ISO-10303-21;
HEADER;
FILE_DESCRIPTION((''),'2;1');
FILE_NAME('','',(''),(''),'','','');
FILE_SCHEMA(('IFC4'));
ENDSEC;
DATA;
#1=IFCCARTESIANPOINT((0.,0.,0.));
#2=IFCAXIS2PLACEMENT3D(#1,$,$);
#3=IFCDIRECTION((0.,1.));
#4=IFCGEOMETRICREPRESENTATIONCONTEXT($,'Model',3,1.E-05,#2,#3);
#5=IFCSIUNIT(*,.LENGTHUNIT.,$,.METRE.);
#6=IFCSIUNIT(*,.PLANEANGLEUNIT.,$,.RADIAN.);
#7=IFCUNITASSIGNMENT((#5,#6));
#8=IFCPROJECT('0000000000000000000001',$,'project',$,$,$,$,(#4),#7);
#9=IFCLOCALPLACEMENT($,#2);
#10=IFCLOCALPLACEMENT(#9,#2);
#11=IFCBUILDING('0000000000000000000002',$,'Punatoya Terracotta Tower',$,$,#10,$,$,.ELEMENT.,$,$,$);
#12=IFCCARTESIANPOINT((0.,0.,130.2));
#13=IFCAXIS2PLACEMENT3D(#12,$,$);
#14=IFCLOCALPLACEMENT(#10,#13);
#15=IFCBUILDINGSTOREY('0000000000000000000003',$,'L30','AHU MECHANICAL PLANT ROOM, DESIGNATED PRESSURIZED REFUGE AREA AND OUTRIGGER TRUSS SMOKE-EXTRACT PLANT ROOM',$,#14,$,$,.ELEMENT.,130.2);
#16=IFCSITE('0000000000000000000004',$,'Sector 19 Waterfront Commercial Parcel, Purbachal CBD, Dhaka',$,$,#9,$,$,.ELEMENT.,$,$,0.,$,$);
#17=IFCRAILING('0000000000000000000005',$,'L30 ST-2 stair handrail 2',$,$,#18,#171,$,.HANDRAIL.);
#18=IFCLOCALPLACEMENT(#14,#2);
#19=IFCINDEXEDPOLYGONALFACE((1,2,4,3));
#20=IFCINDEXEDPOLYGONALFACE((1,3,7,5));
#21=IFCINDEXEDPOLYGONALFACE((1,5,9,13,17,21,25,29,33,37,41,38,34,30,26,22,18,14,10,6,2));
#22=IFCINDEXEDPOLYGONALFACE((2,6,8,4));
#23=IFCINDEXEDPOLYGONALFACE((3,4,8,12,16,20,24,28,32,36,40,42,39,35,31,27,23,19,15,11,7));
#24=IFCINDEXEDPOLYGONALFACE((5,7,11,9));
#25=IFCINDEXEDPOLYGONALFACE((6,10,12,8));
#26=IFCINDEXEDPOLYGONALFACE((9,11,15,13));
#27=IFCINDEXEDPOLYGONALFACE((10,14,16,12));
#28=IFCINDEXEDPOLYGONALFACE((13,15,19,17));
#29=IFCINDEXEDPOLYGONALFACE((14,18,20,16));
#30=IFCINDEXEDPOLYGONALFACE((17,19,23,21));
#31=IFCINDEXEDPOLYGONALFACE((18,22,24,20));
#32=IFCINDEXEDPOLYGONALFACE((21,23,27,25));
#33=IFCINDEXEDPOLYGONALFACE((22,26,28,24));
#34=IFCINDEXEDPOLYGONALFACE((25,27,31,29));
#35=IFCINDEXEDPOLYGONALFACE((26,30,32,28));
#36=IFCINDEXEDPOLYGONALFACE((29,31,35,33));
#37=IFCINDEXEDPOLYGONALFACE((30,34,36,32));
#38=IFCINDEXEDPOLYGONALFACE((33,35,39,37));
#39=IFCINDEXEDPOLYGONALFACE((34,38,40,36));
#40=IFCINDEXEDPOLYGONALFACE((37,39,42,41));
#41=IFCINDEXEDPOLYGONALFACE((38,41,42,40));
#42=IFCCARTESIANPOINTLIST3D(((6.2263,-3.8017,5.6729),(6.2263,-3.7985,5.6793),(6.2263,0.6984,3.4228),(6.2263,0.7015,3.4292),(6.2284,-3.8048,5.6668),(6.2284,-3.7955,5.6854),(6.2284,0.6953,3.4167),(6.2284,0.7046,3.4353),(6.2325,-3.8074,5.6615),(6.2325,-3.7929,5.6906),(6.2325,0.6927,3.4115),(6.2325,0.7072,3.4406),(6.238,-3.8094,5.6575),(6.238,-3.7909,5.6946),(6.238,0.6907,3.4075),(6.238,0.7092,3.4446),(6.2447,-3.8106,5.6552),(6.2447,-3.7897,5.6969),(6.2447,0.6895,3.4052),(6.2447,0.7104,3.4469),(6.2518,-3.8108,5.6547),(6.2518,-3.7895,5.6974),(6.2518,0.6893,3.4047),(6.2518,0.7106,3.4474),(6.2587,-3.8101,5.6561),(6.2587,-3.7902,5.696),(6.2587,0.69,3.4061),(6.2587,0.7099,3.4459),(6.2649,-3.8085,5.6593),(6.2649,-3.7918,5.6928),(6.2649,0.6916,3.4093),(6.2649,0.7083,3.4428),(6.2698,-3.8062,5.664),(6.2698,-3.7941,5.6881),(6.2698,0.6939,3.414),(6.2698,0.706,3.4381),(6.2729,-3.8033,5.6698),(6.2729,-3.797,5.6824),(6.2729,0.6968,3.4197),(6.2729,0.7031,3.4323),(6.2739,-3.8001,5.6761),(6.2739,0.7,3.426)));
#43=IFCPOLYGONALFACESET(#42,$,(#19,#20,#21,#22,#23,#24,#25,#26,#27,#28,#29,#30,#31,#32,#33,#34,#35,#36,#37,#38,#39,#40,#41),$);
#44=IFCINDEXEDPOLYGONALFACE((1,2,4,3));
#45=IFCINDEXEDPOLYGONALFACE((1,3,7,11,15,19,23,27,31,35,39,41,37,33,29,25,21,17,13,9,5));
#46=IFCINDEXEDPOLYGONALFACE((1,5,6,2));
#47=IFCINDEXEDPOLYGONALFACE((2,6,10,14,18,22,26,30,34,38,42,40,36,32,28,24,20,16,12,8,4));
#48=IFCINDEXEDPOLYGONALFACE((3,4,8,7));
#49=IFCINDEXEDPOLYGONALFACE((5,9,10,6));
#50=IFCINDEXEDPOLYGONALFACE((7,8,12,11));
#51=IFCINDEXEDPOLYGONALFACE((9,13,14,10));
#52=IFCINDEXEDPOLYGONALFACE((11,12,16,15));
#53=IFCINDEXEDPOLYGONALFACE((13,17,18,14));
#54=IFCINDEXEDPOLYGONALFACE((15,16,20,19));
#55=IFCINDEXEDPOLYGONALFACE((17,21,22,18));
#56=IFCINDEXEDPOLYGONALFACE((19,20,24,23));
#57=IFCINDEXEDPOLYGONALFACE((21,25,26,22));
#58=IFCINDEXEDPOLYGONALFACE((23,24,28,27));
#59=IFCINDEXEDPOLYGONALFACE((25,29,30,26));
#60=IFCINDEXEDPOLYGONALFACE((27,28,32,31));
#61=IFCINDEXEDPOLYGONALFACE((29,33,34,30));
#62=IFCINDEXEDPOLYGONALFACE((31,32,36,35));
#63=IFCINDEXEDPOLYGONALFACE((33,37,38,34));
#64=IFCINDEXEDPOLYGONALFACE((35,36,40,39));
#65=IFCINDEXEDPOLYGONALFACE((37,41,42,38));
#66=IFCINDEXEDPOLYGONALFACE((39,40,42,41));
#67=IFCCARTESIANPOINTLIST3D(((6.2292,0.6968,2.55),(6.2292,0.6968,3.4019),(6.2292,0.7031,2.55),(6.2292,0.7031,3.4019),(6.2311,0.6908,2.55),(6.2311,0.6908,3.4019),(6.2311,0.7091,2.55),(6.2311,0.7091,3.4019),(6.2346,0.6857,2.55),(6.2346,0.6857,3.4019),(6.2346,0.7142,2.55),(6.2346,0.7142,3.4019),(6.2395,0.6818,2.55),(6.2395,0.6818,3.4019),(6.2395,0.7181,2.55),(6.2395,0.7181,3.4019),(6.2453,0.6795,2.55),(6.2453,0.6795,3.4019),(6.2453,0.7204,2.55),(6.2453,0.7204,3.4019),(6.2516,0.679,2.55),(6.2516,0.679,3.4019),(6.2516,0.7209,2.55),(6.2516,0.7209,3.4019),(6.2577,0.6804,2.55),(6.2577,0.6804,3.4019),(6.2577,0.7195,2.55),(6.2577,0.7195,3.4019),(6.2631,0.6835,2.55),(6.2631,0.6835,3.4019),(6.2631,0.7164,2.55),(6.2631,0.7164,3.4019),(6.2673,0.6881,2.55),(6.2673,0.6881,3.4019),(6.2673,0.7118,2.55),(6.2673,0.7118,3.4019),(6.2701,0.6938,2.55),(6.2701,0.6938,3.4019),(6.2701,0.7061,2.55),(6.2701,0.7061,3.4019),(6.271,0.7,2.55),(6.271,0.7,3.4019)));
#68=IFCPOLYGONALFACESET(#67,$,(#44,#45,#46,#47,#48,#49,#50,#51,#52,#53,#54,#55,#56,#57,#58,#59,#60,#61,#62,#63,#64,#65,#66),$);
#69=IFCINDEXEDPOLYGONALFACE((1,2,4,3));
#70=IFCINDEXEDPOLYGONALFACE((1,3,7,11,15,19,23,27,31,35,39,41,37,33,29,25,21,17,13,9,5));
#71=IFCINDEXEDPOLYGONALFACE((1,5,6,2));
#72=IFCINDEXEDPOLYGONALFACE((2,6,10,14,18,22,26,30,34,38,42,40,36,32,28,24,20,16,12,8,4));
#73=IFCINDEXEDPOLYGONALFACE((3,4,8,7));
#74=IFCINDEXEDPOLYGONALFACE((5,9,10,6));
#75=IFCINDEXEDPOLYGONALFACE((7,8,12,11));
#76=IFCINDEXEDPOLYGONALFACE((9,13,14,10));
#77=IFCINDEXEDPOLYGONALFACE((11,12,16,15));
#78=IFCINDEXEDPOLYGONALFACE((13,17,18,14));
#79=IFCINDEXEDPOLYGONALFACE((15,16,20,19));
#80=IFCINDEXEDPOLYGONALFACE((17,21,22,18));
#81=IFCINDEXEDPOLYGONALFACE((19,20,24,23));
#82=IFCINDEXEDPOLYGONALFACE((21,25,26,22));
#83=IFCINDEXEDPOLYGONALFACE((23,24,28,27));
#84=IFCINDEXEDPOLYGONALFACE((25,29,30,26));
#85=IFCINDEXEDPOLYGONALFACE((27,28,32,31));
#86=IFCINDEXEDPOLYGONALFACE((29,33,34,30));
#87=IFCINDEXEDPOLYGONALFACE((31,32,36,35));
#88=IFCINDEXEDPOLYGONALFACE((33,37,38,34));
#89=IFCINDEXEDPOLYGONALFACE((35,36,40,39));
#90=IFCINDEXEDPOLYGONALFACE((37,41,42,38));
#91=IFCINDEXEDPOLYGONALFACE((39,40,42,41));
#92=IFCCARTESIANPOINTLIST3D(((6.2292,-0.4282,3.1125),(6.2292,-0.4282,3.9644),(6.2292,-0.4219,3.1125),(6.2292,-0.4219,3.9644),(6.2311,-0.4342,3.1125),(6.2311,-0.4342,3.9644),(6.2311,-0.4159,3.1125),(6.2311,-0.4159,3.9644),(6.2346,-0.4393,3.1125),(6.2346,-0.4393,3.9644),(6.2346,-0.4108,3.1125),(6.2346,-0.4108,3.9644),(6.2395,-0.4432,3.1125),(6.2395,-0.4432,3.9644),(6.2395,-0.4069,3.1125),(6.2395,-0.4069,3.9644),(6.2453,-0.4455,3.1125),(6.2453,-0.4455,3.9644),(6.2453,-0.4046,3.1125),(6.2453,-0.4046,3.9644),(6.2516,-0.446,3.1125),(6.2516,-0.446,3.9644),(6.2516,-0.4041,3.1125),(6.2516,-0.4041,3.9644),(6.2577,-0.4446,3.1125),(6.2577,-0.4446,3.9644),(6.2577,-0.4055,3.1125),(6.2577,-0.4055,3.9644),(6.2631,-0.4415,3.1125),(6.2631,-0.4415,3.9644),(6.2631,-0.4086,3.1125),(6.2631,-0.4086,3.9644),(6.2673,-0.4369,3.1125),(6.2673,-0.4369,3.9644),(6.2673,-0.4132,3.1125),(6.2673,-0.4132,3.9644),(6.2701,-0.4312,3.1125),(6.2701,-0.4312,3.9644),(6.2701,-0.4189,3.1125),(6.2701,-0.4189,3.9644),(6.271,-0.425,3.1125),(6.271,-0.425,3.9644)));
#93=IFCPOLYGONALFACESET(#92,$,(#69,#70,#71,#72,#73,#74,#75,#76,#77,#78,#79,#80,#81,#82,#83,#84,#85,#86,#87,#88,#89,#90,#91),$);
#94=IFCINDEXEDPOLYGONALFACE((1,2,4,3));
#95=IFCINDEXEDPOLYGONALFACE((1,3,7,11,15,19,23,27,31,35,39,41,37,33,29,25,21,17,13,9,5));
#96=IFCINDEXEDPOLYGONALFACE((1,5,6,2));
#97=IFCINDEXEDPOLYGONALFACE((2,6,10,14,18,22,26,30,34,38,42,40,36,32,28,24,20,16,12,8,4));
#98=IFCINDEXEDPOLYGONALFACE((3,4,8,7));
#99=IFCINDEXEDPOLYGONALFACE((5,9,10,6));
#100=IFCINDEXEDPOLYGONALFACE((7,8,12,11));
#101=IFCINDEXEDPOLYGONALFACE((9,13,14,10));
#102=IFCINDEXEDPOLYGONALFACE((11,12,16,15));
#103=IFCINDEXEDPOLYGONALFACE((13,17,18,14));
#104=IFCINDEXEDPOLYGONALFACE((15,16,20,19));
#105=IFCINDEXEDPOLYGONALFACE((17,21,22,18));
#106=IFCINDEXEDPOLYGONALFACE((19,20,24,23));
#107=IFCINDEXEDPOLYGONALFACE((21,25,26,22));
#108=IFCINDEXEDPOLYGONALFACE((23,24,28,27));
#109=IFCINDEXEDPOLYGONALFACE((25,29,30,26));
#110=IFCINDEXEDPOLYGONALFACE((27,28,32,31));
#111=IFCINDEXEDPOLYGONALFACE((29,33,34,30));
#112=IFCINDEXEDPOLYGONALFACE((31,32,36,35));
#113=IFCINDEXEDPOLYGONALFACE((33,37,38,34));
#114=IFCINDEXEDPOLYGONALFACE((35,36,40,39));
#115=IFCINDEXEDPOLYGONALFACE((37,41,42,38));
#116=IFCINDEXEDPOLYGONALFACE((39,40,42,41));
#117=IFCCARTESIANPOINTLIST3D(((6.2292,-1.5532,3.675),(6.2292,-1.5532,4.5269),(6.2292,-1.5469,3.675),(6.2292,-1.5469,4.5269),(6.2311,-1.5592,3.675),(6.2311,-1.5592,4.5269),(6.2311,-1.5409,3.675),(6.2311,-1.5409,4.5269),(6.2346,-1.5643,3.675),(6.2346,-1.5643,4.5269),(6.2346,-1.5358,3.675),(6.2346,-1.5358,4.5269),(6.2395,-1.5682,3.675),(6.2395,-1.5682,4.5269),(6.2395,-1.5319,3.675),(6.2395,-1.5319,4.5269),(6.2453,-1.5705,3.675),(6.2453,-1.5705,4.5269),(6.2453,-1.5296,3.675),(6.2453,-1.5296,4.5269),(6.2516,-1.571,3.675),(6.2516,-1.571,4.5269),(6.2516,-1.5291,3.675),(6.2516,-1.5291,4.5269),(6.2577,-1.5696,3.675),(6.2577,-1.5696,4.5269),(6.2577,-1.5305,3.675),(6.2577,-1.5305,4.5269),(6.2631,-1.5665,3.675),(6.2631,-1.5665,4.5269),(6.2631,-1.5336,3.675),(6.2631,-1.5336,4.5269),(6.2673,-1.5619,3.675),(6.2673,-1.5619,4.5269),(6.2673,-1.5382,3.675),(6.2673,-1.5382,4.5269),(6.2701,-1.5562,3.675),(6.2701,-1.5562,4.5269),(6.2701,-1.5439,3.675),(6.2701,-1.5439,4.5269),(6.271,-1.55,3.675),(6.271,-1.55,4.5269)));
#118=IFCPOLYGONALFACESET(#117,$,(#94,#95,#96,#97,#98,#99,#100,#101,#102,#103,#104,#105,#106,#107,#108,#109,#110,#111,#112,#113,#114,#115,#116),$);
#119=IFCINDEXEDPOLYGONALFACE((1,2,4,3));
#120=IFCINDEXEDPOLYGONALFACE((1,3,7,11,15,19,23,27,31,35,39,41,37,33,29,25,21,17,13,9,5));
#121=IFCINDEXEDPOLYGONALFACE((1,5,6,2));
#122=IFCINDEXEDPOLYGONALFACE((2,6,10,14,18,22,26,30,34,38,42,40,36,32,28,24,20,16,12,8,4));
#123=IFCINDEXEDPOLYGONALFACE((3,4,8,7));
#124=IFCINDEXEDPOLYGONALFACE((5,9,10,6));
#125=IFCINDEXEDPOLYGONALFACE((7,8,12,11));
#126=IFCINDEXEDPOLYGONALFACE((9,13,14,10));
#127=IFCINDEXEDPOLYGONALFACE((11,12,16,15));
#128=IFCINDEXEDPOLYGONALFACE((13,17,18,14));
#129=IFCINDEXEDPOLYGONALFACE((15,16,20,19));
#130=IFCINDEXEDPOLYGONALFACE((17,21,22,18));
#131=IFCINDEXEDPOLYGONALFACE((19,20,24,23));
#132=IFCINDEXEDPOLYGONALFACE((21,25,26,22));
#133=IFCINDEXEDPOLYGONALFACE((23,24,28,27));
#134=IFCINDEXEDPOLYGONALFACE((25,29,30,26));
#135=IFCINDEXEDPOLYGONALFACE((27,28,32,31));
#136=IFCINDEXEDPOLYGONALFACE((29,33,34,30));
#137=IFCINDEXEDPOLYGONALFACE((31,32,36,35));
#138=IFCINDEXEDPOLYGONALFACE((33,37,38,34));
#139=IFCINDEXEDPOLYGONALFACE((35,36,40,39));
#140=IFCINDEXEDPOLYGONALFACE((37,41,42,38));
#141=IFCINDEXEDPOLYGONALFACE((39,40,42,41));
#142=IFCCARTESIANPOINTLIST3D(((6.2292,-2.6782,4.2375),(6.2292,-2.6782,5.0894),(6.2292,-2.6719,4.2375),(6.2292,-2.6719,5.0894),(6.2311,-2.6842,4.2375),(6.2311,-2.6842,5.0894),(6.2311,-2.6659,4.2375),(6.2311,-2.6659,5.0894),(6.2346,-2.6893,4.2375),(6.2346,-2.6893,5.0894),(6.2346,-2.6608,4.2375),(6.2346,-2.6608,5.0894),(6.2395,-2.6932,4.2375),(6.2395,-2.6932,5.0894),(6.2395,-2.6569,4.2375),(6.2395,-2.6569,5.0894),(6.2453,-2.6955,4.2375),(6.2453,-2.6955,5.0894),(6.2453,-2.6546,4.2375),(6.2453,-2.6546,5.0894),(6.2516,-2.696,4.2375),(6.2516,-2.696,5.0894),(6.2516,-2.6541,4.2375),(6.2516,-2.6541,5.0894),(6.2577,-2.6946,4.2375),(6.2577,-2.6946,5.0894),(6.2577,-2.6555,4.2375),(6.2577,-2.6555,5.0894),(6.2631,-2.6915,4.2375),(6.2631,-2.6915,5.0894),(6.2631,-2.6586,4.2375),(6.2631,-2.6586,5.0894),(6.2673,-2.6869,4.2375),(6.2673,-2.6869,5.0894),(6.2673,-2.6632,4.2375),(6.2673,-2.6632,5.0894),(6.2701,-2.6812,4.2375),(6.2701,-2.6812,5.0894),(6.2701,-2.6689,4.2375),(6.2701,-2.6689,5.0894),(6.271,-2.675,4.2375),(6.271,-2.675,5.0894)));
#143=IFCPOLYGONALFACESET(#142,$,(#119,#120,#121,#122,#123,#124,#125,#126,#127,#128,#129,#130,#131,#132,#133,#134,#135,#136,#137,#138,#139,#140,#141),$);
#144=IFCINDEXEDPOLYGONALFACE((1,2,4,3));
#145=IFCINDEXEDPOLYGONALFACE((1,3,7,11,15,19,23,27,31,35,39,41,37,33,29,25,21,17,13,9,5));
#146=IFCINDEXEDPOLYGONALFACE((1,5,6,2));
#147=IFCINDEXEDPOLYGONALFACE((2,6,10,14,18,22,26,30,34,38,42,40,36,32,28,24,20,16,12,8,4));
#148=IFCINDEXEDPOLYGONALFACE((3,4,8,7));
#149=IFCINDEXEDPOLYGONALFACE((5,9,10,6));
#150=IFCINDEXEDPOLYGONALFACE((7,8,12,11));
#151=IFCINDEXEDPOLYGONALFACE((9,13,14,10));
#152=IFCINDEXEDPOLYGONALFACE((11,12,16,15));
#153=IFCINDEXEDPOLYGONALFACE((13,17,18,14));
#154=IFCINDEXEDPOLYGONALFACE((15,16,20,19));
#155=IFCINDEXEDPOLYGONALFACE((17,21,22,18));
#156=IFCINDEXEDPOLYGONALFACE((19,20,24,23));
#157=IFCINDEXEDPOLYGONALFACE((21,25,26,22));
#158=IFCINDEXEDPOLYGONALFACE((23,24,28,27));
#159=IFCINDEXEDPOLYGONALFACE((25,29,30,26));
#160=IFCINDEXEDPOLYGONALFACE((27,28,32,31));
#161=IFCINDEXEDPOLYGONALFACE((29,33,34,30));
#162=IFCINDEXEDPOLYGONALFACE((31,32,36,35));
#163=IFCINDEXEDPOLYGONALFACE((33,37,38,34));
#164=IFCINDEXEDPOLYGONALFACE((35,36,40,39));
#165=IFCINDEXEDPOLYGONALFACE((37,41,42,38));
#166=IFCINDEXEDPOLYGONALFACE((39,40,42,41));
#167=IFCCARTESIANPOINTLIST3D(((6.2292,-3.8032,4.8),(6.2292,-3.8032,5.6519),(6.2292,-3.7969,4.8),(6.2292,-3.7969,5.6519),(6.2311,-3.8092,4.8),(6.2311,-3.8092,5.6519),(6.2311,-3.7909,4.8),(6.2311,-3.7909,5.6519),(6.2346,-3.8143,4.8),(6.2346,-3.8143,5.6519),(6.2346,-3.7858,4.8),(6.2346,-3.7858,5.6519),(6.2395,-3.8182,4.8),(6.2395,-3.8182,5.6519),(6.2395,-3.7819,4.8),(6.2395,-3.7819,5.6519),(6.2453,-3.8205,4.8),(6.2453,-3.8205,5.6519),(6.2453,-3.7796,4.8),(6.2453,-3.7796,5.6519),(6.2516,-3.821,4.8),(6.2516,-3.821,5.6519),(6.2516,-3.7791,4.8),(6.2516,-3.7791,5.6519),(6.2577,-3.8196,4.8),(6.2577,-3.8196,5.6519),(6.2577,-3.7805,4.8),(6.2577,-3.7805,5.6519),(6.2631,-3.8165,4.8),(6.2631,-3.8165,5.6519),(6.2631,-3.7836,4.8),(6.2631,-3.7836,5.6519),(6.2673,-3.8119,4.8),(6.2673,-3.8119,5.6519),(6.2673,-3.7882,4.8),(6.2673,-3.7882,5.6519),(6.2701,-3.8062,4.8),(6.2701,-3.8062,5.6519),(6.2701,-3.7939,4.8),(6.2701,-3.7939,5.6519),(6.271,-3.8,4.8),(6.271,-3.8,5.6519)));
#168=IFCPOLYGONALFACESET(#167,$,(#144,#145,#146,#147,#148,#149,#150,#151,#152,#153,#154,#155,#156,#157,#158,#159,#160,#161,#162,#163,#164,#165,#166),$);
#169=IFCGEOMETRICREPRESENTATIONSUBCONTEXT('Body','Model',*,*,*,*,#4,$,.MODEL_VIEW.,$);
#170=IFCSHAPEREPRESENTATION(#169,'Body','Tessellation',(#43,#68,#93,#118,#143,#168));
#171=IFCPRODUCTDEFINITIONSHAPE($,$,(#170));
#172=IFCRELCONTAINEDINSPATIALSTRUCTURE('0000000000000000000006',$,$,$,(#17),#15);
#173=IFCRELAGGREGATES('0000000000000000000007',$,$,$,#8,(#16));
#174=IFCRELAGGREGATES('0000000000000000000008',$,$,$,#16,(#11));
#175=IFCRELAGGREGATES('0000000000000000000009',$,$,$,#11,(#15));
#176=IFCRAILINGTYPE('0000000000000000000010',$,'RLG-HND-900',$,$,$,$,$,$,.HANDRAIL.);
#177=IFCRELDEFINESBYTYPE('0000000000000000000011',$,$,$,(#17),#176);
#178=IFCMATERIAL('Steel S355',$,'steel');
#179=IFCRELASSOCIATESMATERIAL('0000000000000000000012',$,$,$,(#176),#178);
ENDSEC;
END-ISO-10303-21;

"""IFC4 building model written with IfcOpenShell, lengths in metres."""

from ifc_helpers import new_model, si_unit, direction, frame, origin, origin_2d, place, context, subcontext, project, spatial, circle, extrude, material, type_object, element, save


model = new_model("IFC4")

# Units and contexts
model_context = context("Model", 3, precision=1e-05, world=origin(), true_north=direction((0.0, 1.0)))
body_context = subcontext(model_context, "Body", "Model", "MODEL_VIEW")
ifc_project = project(units=[si_unit("LENGTHUNIT", "METRE"), si_unit("PLANEANGLEUNIT", "RADIAN")], contexts=[model_context])

# Site, building, storey
site_placement = place(None, origin())
site = spatial("IfcSite", under=ifc_project, at=site_placement, Name="Sector 19 Waterfront Commercial Parcel, Purbachal CBD, Dhaka", CompositionType="ELEMENT", RefElevation=0.0)
building_placement = place(site_placement, origin())
building = spatial("IfcBuilding", under=site, at=building_placement, Name="Punatoya Terracotta Tower", CompositionType="ELEMENT")
storey_placement = place(building_placement, frame((0.0, 0.0, 130.2)))
storey = spatial("IfcBuildingStorey", under=building, at=storey_placement, Name="L30", Description="AHU MECHANICAL PLANT ROOM, DESIGNATED PRESSURIZED REFUGE AREA AND OUTRIGGER TRUSS SMOKE-EXTRACT PLANT ROOM", CompositionType="ELEMENT", Elevation=130.2)

# Shared definitions
ifc_material_1 = material(Name="Steel S355", Category="steel")

# Railing
railing_type_1 = type_object("IfcRailingType", Name="RLG-HND-900", PredefinedType="HANDRAIL", material=ifc_material_1)
railing_1_placement = place(storey_placement, frame((6.25, 0.7, 2.55)))
element("IfcRailing", 1, at=railing_1_placement, inside=storey, type_object=railing_type_1, Name="L30 ST-2 stair handrail 2", PredefinedType="HANDRAIL", context=body_context, shape_type="SweptSolid", body=[
    extrude(circle(Radius=0.0239, at=origin_2d()), frame((0.0, 0.0, 0.876), z_axis=(0.0, -0.894427, 0.447214), x_axis=(1.0, 0.0, 0.0)), (0.0, 0.0, 1.0), 5.0312),
    extrude(circle(Radius=0.021, at=origin_2d()), origin(), (0.0, 0.0, 1.0), 0.8518),
    extrude(circle(Radius=0.021, at=origin_2d()), frame((0.0, -1.125, 0.5625)), (0.0, 0.0, 1.0), 0.8518),
    extrude(circle(Radius=0.021, at=origin_2d()), frame((0.0, -2.25, 1.125)), (0.0, 0.0, 1.0), 0.8518),
    extrude(circle(Radius=0.021, at=origin_2d()), frame((0.0, -3.375, 1.6875)), (0.0, 0.0, 1.0), 0.8518),
    extrude(circle(Radius=0.021, at=origin_2d()), frame((0.0, -4.5, 2.25)), (0.0, 0.0, 1.0), 0.8518),
])

save(model, "model.ifc")
